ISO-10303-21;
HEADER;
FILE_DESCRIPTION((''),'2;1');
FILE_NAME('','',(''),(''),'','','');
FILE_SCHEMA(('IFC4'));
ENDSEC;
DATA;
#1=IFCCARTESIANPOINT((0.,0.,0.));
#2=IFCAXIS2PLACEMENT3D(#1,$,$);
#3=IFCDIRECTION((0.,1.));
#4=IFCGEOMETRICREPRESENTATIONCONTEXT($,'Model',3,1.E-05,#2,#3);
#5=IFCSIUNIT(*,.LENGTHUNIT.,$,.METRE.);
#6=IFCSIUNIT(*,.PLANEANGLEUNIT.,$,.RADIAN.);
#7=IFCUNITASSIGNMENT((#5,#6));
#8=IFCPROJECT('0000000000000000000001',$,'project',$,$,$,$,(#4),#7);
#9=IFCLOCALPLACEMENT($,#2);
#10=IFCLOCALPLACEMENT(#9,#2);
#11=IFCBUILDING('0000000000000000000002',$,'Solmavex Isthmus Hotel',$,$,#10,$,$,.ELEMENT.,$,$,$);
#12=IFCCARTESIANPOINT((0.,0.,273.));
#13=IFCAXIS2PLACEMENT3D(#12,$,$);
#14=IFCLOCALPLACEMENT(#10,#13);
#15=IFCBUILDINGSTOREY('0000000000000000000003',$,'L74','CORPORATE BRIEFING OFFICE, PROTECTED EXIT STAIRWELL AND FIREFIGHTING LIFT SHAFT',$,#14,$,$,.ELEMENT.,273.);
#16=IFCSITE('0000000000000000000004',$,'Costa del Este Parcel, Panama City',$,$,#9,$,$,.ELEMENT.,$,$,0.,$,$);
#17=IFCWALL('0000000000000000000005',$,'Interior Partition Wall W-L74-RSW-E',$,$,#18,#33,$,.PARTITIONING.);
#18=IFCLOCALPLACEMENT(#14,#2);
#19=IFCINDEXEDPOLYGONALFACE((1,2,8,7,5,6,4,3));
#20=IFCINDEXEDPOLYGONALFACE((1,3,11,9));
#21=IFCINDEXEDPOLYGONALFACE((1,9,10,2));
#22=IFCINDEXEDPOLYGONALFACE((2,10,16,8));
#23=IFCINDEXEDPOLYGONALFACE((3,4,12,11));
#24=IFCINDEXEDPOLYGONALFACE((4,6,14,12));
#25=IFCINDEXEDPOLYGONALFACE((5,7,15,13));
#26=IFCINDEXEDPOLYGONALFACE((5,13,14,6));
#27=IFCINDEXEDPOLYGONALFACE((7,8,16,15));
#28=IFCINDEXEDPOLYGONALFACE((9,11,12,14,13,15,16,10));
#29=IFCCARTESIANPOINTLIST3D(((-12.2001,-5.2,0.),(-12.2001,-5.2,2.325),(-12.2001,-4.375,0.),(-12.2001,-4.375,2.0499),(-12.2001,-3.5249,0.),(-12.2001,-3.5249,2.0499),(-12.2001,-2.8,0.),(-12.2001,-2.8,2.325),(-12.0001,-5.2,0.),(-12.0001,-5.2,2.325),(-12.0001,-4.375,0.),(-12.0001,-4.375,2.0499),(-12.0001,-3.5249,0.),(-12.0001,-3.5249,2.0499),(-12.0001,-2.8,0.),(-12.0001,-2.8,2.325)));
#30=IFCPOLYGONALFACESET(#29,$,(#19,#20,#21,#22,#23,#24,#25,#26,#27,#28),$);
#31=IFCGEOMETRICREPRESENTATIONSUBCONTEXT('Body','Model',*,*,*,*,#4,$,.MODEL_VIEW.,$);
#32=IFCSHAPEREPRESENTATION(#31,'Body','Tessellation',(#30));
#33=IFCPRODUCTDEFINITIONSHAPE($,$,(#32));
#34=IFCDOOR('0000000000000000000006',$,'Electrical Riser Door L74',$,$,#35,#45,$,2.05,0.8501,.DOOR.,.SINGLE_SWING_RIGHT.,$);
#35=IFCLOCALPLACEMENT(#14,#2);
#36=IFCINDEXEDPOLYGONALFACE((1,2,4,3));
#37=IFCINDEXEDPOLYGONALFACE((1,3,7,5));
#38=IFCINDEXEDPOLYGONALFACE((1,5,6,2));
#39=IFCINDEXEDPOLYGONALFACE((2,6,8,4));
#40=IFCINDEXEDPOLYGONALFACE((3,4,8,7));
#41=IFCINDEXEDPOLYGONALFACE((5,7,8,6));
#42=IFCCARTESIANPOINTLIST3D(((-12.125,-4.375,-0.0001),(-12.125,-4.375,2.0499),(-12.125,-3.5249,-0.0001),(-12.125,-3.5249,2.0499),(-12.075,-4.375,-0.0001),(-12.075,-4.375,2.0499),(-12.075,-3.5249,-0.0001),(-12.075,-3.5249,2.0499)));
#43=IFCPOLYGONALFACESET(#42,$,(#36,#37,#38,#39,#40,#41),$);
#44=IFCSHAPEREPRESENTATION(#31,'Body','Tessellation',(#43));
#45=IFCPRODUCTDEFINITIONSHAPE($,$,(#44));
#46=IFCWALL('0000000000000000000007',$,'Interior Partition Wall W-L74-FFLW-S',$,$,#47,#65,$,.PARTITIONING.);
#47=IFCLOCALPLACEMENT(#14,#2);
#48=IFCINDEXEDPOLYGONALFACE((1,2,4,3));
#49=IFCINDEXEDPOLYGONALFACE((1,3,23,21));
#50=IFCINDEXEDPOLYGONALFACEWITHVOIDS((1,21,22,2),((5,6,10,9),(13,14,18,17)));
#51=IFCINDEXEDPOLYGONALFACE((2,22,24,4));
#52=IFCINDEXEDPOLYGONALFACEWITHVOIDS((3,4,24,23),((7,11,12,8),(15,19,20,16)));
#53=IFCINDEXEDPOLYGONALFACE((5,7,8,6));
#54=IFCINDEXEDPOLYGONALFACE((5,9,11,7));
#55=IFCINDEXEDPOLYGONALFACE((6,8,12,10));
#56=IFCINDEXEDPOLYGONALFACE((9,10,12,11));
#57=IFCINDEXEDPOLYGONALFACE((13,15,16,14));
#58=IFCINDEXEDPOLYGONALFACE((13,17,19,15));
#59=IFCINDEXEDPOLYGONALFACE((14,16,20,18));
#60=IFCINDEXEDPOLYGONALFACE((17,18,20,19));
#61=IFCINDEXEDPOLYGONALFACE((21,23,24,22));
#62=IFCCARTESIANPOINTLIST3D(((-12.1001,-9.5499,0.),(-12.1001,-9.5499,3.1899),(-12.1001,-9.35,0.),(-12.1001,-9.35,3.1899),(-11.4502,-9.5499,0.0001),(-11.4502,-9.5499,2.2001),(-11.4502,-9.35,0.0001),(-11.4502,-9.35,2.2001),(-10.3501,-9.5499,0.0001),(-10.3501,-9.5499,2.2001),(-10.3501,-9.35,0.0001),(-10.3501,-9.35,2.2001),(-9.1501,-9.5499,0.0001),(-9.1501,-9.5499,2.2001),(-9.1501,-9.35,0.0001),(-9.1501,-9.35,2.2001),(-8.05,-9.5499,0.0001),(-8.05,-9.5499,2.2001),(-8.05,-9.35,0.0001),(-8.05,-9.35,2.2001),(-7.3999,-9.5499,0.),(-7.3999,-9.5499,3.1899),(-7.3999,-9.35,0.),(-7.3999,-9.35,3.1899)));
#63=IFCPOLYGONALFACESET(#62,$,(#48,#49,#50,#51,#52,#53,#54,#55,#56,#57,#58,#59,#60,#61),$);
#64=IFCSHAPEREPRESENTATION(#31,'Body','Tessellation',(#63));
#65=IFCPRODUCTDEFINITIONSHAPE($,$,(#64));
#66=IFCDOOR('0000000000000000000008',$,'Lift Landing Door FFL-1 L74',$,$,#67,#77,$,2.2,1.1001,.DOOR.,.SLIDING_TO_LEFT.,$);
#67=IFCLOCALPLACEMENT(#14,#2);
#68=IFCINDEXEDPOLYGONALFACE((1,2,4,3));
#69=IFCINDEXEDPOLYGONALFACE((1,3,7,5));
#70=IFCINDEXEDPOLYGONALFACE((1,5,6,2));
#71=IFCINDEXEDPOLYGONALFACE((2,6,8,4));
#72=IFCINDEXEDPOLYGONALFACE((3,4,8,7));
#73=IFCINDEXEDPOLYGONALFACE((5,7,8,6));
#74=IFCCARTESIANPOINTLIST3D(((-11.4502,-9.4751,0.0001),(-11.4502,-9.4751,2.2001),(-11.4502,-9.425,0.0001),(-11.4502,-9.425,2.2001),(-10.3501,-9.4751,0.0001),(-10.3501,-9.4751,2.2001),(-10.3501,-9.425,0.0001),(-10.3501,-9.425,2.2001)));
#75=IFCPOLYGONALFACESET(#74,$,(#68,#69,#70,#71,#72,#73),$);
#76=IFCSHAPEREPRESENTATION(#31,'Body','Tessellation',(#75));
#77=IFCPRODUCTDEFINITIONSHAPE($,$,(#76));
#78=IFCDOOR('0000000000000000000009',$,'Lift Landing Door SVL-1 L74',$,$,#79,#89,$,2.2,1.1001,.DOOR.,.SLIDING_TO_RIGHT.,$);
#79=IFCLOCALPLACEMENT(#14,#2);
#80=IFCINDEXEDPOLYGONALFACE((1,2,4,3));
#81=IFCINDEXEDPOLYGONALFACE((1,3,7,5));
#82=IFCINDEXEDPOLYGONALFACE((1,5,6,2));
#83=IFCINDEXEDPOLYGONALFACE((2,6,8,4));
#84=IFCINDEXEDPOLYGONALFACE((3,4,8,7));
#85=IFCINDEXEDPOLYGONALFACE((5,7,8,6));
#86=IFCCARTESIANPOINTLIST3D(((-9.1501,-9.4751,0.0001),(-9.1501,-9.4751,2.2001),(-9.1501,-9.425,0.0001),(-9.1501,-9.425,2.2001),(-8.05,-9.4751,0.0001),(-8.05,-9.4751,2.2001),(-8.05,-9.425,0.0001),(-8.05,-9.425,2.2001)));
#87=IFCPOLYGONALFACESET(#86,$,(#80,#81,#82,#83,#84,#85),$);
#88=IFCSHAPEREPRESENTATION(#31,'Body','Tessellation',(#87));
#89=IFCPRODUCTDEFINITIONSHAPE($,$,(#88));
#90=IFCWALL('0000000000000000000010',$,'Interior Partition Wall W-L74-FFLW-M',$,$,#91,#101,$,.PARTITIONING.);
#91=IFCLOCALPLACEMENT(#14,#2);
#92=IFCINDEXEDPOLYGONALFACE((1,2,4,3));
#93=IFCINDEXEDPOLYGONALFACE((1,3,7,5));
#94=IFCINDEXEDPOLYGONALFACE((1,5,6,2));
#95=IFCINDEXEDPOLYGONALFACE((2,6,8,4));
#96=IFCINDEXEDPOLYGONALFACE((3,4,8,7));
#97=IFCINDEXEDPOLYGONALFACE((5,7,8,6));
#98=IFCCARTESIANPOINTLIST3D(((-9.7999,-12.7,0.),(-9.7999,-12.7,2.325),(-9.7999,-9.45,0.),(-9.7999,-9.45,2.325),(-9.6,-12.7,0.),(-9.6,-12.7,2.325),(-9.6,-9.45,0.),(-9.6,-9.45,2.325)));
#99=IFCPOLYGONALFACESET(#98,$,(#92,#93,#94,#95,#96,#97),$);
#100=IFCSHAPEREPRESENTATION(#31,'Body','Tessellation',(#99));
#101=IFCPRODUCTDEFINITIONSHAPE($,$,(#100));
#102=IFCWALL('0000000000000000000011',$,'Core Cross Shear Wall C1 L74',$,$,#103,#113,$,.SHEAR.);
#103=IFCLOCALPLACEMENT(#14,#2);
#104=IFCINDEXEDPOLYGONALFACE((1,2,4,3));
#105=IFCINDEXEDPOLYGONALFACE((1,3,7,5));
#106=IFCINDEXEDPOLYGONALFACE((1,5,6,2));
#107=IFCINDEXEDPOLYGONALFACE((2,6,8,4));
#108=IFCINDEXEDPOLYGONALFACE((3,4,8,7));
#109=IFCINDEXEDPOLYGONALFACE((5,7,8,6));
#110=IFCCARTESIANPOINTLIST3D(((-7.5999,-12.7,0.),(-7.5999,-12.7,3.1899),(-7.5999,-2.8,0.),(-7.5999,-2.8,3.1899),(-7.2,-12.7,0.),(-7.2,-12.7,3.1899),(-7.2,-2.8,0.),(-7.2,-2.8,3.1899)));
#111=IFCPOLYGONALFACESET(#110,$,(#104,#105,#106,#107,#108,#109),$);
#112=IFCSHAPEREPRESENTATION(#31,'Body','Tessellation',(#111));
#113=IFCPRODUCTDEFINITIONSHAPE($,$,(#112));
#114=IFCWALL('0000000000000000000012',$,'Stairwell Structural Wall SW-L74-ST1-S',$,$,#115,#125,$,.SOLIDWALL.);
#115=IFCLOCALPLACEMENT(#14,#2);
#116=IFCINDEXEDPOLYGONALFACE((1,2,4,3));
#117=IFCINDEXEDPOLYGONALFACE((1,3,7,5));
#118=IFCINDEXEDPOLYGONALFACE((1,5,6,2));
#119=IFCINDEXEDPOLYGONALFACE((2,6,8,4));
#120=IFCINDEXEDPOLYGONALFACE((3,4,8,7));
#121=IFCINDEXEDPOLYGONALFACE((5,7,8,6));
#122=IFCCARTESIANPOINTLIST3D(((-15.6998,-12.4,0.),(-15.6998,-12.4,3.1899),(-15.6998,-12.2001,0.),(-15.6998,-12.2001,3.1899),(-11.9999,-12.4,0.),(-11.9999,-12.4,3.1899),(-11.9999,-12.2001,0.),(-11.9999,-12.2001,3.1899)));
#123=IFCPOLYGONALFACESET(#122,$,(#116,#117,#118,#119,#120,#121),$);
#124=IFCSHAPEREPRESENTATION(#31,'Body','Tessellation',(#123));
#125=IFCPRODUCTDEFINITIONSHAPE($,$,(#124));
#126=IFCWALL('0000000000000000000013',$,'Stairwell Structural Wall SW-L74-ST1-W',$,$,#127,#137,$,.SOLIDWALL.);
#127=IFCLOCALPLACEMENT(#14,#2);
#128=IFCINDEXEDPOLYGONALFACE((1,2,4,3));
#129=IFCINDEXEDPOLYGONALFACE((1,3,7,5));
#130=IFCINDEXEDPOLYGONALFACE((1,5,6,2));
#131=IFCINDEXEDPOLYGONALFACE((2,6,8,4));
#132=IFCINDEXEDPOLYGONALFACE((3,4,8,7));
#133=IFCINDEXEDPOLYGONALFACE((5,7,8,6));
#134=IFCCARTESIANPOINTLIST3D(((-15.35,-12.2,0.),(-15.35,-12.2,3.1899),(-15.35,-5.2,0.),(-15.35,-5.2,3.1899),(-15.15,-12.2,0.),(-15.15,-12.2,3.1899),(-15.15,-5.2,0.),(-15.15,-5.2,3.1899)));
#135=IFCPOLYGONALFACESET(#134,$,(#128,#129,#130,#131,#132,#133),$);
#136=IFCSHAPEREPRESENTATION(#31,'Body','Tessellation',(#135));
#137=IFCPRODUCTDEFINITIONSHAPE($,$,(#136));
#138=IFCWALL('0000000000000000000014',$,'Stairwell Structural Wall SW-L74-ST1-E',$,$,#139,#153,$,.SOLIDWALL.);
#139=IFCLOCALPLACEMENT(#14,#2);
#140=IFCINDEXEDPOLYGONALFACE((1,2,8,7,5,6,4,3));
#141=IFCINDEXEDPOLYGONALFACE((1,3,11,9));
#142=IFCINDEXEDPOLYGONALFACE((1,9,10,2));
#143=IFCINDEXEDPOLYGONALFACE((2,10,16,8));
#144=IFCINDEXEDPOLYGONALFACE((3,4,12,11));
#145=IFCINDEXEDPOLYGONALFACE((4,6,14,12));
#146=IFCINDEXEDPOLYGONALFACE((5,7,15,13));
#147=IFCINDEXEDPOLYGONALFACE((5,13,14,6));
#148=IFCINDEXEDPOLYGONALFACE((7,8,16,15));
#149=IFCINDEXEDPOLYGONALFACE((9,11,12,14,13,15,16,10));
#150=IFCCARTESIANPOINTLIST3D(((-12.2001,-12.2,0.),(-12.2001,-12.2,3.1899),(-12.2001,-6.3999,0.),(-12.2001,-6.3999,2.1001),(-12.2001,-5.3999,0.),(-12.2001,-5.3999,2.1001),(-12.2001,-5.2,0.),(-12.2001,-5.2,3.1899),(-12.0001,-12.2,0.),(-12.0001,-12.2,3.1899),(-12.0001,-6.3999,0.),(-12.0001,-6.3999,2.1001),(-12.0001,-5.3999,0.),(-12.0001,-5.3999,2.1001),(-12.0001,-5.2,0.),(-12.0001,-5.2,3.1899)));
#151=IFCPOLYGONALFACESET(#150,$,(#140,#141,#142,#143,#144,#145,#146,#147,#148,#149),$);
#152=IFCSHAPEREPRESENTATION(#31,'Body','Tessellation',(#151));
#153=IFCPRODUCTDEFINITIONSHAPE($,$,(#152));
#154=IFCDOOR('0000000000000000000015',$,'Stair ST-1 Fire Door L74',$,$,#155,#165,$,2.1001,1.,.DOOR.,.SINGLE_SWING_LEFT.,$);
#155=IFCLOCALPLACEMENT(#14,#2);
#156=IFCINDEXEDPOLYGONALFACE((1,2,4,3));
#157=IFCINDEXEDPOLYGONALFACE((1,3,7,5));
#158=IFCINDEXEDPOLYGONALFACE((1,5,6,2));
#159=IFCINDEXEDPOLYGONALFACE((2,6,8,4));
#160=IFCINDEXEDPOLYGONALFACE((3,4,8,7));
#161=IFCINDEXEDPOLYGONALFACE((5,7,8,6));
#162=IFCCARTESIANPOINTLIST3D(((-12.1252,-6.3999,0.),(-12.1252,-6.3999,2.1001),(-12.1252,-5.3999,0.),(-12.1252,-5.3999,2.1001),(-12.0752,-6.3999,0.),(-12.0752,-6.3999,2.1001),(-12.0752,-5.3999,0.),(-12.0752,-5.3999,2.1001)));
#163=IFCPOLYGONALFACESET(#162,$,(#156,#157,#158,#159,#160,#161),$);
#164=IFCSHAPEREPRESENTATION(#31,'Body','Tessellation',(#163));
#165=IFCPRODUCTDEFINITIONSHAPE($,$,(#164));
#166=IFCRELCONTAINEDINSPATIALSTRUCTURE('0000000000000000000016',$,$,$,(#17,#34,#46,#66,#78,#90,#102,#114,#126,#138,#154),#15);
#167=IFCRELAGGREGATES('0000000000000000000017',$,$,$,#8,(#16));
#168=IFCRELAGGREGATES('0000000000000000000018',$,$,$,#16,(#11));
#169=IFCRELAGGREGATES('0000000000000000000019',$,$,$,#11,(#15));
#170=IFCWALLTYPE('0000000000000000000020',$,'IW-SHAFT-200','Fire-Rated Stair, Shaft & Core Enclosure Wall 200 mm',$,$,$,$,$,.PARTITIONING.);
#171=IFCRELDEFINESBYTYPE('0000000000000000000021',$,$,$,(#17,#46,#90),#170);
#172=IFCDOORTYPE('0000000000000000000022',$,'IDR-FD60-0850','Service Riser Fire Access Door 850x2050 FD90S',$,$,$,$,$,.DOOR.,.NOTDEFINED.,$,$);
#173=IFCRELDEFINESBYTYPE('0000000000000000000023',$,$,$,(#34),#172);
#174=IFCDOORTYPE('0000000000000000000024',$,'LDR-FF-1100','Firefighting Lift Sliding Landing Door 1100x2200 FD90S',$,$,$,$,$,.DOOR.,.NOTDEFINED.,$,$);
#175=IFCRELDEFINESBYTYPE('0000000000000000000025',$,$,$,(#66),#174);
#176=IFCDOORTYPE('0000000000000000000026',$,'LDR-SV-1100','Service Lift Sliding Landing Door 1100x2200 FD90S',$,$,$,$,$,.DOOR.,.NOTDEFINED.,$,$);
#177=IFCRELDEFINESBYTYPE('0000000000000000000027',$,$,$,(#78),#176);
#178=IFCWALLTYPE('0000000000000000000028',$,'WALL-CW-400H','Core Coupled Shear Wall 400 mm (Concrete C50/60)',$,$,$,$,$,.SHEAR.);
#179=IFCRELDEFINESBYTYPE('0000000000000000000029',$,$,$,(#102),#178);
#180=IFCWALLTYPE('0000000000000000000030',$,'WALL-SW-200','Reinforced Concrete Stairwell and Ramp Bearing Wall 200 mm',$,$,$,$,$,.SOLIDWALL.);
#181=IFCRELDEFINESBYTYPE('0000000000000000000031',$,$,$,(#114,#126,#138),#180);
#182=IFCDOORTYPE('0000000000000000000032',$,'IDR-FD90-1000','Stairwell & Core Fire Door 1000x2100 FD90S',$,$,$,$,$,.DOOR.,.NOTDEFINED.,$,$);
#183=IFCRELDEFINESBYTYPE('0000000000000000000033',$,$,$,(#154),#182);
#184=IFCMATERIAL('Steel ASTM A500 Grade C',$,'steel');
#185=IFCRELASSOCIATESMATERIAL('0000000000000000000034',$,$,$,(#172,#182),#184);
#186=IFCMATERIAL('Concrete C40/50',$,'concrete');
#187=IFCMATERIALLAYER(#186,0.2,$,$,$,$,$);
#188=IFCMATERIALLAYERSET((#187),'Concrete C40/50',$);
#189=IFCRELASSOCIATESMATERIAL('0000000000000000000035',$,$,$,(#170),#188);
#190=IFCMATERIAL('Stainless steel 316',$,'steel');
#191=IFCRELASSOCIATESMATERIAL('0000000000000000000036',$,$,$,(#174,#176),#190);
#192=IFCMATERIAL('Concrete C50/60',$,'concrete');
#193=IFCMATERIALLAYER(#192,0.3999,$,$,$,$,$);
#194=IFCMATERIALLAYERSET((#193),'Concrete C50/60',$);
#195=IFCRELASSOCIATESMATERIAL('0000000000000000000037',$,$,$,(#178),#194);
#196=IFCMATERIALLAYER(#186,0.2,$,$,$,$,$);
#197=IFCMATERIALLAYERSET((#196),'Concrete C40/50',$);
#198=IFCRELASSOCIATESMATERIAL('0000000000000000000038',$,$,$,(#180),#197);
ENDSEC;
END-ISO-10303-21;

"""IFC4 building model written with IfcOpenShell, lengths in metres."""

from ifc_helpers import new_model, si_unit, direction, frame, frame_2d, origin, place, context, subcontext, project, spatial, rectangle, extrude, material, layer, layer_set, type_object, element, fill, save


model = new_model("IFC4")

# Units and contexts
model_context = context("Model", 3, precision=1e-05, world=origin(), true_north=direction((0.0, 1.0)))
body_context = subcontext(model_context, "Body", "Model", "MODEL_VIEW")
ifc_project = project(units=[si_unit("LENGTHUNIT", "METRE"), si_unit("PLANEANGLEUNIT", "RADIAN")], contexts=[model_context])

# Site, building, storey
site_placement = place(None, origin())
site = spatial("IfcSite", under=ifc_project, at=site_placement, Name="Costa del Este Parcel, Panama City", CompositionType="ELEMENT", RefElevation=0.0)
building_placement = place(site_placement, origin())
building = spatial("IfcBuilding", under=site, at=building_placement, Name="Solmavex Isthmus Hotel", CompositionType="ELEMENT")
storey_placement = place(building_placement, frame((0.0, 0.0, 273.0)))
storey = spatial("IfcBuildingStorey", under=building, at=storey_placement, Name="L74", Description="CORPORATE BRIEFING OFFICE, PROTECTED EXIT STAIRWELL AND FIREFIGHTING LIFT SHAFT", CompositionType="ELEMENT", Elevation=273.0)

# Shared definitions
ifc_material_1 = material(Name="Concrete C50/60", Category="concrete")

# Shared definitions
ifc_material_2 = material(Name="Steel ASTM A500 Grade C", Category="steel")
door_type_1 = type_object("IfcDoorType", Name="IDR-FD60-0850", Description="Service Riser Fire Access Door 850x2050 FD90S", OperationType="NOTDEFINED", PredefinedType="DOOR", material=ifc_material_2)

# Wall, opening, door
ifc_material_3 = material(Name="Concrete C40/50", Category="concrete")
ifc_layer_1 = layer(ifc_material_3, 0.2)
ifc_layer_set_1 = layer_set([ifc_layer_1], Name="Concrete C40/50")
wall_type_1 = type_object("IfcWallType", Name="IW-SHAFT-200", Description="Fire-Rated Stair, Shaft & Core Enclosure Wall 200 mm", PredefinedType="PARTITIONING", material=ifc_layer_set_1)
wall_1_placement = place(storey_placement, frame((-12.1001, -5.2, 0.0), z_axis=(0.0, 0.0, 1.0), x_axis=(0.0, 1.0, 0.0)))
wall_1 = element("IfcWall", 1, at=wall_1_placement, inside=storey, type_object=wall_type_1, Name="Interior Partition Wall W-L74-RSW-E", PredefinedType="PARTITIONING", context=body_context, shape_type="SweptSolid", body=[
    extrude(rectangle(XDim=2.3999, YDim=0.2, at=frame_2d((1.2, 0.0))), origin(), (0.0, 0.0, 1.0), 2.325),
])
opening_1_placement = place(wall_1_placement, frame((0.825, 0.0, 0.0)))
opening_1 = element("IfcOpeningElement", 2, at=opening_1_placement, cuts=wall_1, PredefinedType="OPENING", context=body_context, shape_type="SweptSolid", body=[
    extrude(rectangle(XDim=0.8501, YDim=2.05, at=frame_2d((0.425, 1.0249))), frame((0.0, 0.1099, 0.0), z_axis=(0.0, -1.0, 0.0), x_axis=(1.0, 0.0, 0.0)), (0.0, 0.0, 1.0), 0.22),
])
door_1_placement = place(opening_1_placement, origin())
door_1 = element("IfcDoor", 3, at=door_1_placement, inside=storey, type_object=door_type_1, Name="Electrical Riser Door L74", OperationType="SINGLE_SWING_RIGHT", OverallHeight=2.05, OverallWidth=0.8501, PredefinedType="DOOR", context=body_context, shape_type="SweptSolid", body=[
    extrude(rectangle(XDim=0.8501, YDim=2.05, at=frame_2d((0.425, 1.0249))), frame((0.0, 0.0249, 0.0), z_axis=(0.0, -1.0, 0.0), x_axis=(1.0, 0.0, 0.0)), (0.0, 0.0, 1.0), 0.05),
])
fill(opening_1, door_1)

# Wall, openings, doors
wall_2_placement = place(storey_placement, frame((-12.1001, -9.45, 0.0), z_axis=(0.0, 0.0, 1.0), x_axis=(1.0, 0.0, 0.0)))
wall_2 = element("IfcWall", 4, at=wall_2_placement, inside=storey, type_object=wall_type_1, Name="Interior Partition Wall W-L74-FFLW-S", PredefinedType="PARTITIONING", context=body_context, shape_type="SweptSolid", body=[
    extrude(rectangle(XDim=4.7002, YDim=0.2, at=frame_2d((2.3501, 0.0))), origin(), (0.0, 0.0, 1.0), 3.1899),
])
opening_2_placement = place(wall_2_placement, frame((0.6499, 0.0, 0.0)))
opening_2 = element("IfcOpeningElement", 5, at=opening_2_placement, cuts=wall_2, PredefinedType="OPENING", context=body_context, shape_type="SweptSolid", body=[
    extrude(rectangle(XDim=1.1001, YDim=2.2, at=frame_2d((0.55, 1.1001))), frame((0.0, 0.1099, 0.0), z_axis=(0.0, -1.0, 0.0), x_axis=(1.0, 0.0, 0.0)), (0.0, 0.0, 1.0), 0.22),
])
opening_3_placement = place(wall_2_placement, frame((2.95, 0.0, 0.0)))
opening_3 = element("IfcOpeningElement", 6, at=opening_3_placement, cuts=wall_2, PredefinedType="OPENING", context=body_context, shape_type="SweptSolid", body=[
    extrude(rectangle(XDim=1.1001, YDim=2.2, at=frame_2d((0.55, 1.1001))), frame((0.0, 0.1099, 0.0), z_axis=(0.0, -1.0, 0.0), x_axis=(1.0, 0.0, 0.0)), (0.0, 0.0, 1.0), 0.22),
])
ifc_material_4 = material(Name="Stainless steel 316", Category="steel")
door_type_2 = type_object("IfcDoorType", Name="LDR-FF-1100", Description="Firefighting Lift Sliding Landing Door 1100x2200 FD90S", OperationType="NOTDEFINED", PredefinedType="DOOR", material=ifc_material_4)
door_2_placement = place(opening_2_placement, origin())
door_2 = element("IfcDoor", 7, at=door_2_placement, inside=storey, type_object=door_type_2, Name="Lift Landing Door FFL-1 L74", OperationType="SLIDING_TO_LEFT", OverallHeight=2.2, OverallWidth=1.1001, PredefinedType="DOOR", context=body_context, shape_type="SweptSolid", body=[
    extrude(rectangle(XDim=1.1001, YDim=2.2, at=frame_2d((0.55, 1.1001))), frame((0.0, 0.0249, 0.0), z_axis=(0.0, -1.0, 0.0), x_axis=(1.0, 0.0, 0.0)), (0.0, 0.0, 1.0), 0.05),
])
fill(opening_2, door_2)
door_type_3 = type_object("IfcDoorType", Name="LDR-SV-1100", Description="Service Lift Sliding Landing Door 1100x2200 FD90S", OperationType="NOTDEFINED", PredefinedType="DOOR", material=ifc_material_4)
door_3_placement = place(opening_3_placement, origin())
door_3 = element("IfcDoor", 8, at=door_3_placement, inside=storey, type_object=door_type_3, Name="Lift Landing Door SVL-1 L74", OperationType="SLIDING_TO_RIGHT", OverallHeight=2.2, OverallWidth=1.1001, PredefinedType="DOOR", context=body_context, shape_type="SweptSolid", body=[
    extrude(rectangle(XDim=1.1001, YDim=2.2, at=frame_2d((0.55, 1.1001))), frame((0.0, 0.0249, 0.0), z_axis=(0.0, -1.0, 0.0), x_axis=(1.0, 0.0, 0.0)), (0.0, 0.0, 1.0), 0.05),
])
fill(opening_3, door_3)

# Walls
wall_3_placement = place(storey_placement, frame((-9.7, -12.7, 0.0), z_axis=(0.0, 0.0, 1.0), x_axis=(0.0, 1.0, 0.0)))
element("IfcWall", 9, at=wall_3_placement, inside=storey, type_object=wall_type_1, Name="Interior Partition Wall W-L74-FFLW-M", PredefinedType="PARTITIONING", context=body_context, shape_type="SweptSolid", body=[
    extrude(rectangle(XDim=3.25, YDim=0.2, at=frame_2d((1.625, 0.0))), origin(), (0.0, 0.0, 1.0), 2.325),
])
ifc_layer_2 = layer(ifc_material_1, 0.3999)
ifc_layer_set_2 = layer_set([ifc_layer_2], Name="Concrete C50/60")
wall_type_2 = type_object("IfcWallType", Name="WALL-CW-400H", Description="Core Coupled Shear Wall 400 mm (Concrete C50/60)", PredefinedType="SHEAR", material=ifc_layer_set_2)
wall_4_placement = place(storey_placement, frame((-7.3999, -12.7, 0.0), z_axis=(0.0, 0.0, 1.0), x_axis=(0.0, 1.0, 0.0)))
element("IfcWall", 10, at=wall_4_placement, inside=storey, type_object=wall_type_2, Name="Core Cross Shear Wall C1 L74", PredefinedType="SHEAR", context=body_context, shape_type="SweptSolid", body=[
    extrude(rectangle(XDim=9.8999, YDim=0.3999, at=frame_2d((4.95, 0.0))), origin(), (0.0, 0.0, 1.0), 3.1899),
])
ifc_layer_3 = layer(ifc_material_3, 0.2)
ifc_layer_set_3 = layer_set([ifc_layer_3], Name="Concrete C40/50")
wall_type_3 = type_object("IfcWallType", Name="WALL-SW-200", Description="Reinforced Concrete Stairwell and Ramp Bearing Wall 200 mm", PredefinedType="SOLIDWALL", material=ifc_layer_set_3)
wall_5_placement = place(storey_placement, frame((-15.7, -12.3, 0.0), z_axis=(0.0, 0.0, 1.0), x_axis=(1.0, 0.0, 0.0)))
element("IfcWall", 11, at=wall_5_placement, inside=storey, type_object=wall_type_3, Name="Stairwell Structural Wall SW-L74-ST1-S", PredefinedType="SOLIDWALL", context=body_context, shape_type="SweptSolid", body=[
    extrude(rectangle(XDim=3.7, YDim=0.2, at=frame_2d((1.8501, 0.0))), origin(), (0.0, 0.0, 1.0), 3.1899),
])
wall_6_placement = place(storey_placement, frame((-15.25, -12.2, 0.0), z_axis=(0.0, 0.0, 1.0), x_axis=(0.0, 1.0, 0.0)))
element("IfcWall", 12, at=wall_6_placement, inside=storey, type_object=wall_type_3, Name="Stairwell Structural Wall SW-L74-ST1-W", PredefinedType="SOLIDWALL", context=body_context, shape_type="SweptSolid", body=[
    extrude(rectangle(XDim=7.0, YDim=0.2, at=frame_2d((3.5, 0.0))), origin(), (0.0, 0.0, 1.0), 3.1899),
])

# Wall, opening, door
wall_7_placement = place(storey_placement, frame((-12.1001, -12.2, 0.0), z_axis=(0.0, 0.0, 1.0), x_axis=(0.0, 1.0, 0.0)))
wall_7 = element("IfcWall", 13, at=wall_7_placement, inside=storey, type_object=wall_type_3, Name="Stairwell Structural Wall SW-L74-ST1-E", PredefinedType="SOLIDWALL", context=body_context, shape_type="SweptSolid", body=[
    extrude(rectangle(XDim=7.0, YDim=0.2, at=frame_2d((3.5, 0.0))), origin(), (0.0, 0.0, 1.0), 3.1899),
])
opening_4_placement = place(wall_7_placement, frame((5.8, 0.0, 0.0)))
opening_4 = element("IfcOpeningElement", 14, at=opening_4_placement, cuts=wall_7, PredefinedType="OPENING", context=body_context, shape_type="SweptSolid", body=[
    extrude(rectangle(XDim=1.0, YDim=2.1001, at=frame_2d((0.5, 1.05))), frame((0.0, 0.1099, 0.0), z_axis=(0.0, -1.0, 0.0), x_axis=(1.0, 0.0, 0.0)), (0.0, 0.0, 1.0), 0.22),
])
door_type_4 = type_object("IfcDoorType", Name="IDR-FD90-1000", Description="Stairwell & Core Fire Door 1000x2100 FD90S", OperationType="NOTDEFINED", PredefinedType="DOOR", material=ifc_material_2)
door_4_placement = place(opening_4_placement, frame((1.0, 0.0, 0.0), z_axis=(0.0, 0.0, 1.0), x_axis=(-1.0, 0.0, 0.0)))
door_4 = element("IfcDoor", 15, at=door_4_placement, inside=storey, type_object=door_type_4, Name="Stair ST-1 Fire Door L74", OperationType="SINGLE_SWING_LEFT", OverallHeight=2.1001, OverallWidth=1.0, PredefinedType="DOOR", context=body_context, shape_type="SweptSolid", body=[
    extrude(rectangle(XDim=1.0, YDim=2.1001, at=frame_2d((0.5, 1.05))), frame((0.0, 0.0249, 0.0), z_axis=(0.0, -1.0, 0.0), x_axis=(1.0, 0.0, 0.0)), (0.0, 0.0, 1.0), 0.05),
])
fill(opening_4, door_4)

save(model, "model.ifc")
